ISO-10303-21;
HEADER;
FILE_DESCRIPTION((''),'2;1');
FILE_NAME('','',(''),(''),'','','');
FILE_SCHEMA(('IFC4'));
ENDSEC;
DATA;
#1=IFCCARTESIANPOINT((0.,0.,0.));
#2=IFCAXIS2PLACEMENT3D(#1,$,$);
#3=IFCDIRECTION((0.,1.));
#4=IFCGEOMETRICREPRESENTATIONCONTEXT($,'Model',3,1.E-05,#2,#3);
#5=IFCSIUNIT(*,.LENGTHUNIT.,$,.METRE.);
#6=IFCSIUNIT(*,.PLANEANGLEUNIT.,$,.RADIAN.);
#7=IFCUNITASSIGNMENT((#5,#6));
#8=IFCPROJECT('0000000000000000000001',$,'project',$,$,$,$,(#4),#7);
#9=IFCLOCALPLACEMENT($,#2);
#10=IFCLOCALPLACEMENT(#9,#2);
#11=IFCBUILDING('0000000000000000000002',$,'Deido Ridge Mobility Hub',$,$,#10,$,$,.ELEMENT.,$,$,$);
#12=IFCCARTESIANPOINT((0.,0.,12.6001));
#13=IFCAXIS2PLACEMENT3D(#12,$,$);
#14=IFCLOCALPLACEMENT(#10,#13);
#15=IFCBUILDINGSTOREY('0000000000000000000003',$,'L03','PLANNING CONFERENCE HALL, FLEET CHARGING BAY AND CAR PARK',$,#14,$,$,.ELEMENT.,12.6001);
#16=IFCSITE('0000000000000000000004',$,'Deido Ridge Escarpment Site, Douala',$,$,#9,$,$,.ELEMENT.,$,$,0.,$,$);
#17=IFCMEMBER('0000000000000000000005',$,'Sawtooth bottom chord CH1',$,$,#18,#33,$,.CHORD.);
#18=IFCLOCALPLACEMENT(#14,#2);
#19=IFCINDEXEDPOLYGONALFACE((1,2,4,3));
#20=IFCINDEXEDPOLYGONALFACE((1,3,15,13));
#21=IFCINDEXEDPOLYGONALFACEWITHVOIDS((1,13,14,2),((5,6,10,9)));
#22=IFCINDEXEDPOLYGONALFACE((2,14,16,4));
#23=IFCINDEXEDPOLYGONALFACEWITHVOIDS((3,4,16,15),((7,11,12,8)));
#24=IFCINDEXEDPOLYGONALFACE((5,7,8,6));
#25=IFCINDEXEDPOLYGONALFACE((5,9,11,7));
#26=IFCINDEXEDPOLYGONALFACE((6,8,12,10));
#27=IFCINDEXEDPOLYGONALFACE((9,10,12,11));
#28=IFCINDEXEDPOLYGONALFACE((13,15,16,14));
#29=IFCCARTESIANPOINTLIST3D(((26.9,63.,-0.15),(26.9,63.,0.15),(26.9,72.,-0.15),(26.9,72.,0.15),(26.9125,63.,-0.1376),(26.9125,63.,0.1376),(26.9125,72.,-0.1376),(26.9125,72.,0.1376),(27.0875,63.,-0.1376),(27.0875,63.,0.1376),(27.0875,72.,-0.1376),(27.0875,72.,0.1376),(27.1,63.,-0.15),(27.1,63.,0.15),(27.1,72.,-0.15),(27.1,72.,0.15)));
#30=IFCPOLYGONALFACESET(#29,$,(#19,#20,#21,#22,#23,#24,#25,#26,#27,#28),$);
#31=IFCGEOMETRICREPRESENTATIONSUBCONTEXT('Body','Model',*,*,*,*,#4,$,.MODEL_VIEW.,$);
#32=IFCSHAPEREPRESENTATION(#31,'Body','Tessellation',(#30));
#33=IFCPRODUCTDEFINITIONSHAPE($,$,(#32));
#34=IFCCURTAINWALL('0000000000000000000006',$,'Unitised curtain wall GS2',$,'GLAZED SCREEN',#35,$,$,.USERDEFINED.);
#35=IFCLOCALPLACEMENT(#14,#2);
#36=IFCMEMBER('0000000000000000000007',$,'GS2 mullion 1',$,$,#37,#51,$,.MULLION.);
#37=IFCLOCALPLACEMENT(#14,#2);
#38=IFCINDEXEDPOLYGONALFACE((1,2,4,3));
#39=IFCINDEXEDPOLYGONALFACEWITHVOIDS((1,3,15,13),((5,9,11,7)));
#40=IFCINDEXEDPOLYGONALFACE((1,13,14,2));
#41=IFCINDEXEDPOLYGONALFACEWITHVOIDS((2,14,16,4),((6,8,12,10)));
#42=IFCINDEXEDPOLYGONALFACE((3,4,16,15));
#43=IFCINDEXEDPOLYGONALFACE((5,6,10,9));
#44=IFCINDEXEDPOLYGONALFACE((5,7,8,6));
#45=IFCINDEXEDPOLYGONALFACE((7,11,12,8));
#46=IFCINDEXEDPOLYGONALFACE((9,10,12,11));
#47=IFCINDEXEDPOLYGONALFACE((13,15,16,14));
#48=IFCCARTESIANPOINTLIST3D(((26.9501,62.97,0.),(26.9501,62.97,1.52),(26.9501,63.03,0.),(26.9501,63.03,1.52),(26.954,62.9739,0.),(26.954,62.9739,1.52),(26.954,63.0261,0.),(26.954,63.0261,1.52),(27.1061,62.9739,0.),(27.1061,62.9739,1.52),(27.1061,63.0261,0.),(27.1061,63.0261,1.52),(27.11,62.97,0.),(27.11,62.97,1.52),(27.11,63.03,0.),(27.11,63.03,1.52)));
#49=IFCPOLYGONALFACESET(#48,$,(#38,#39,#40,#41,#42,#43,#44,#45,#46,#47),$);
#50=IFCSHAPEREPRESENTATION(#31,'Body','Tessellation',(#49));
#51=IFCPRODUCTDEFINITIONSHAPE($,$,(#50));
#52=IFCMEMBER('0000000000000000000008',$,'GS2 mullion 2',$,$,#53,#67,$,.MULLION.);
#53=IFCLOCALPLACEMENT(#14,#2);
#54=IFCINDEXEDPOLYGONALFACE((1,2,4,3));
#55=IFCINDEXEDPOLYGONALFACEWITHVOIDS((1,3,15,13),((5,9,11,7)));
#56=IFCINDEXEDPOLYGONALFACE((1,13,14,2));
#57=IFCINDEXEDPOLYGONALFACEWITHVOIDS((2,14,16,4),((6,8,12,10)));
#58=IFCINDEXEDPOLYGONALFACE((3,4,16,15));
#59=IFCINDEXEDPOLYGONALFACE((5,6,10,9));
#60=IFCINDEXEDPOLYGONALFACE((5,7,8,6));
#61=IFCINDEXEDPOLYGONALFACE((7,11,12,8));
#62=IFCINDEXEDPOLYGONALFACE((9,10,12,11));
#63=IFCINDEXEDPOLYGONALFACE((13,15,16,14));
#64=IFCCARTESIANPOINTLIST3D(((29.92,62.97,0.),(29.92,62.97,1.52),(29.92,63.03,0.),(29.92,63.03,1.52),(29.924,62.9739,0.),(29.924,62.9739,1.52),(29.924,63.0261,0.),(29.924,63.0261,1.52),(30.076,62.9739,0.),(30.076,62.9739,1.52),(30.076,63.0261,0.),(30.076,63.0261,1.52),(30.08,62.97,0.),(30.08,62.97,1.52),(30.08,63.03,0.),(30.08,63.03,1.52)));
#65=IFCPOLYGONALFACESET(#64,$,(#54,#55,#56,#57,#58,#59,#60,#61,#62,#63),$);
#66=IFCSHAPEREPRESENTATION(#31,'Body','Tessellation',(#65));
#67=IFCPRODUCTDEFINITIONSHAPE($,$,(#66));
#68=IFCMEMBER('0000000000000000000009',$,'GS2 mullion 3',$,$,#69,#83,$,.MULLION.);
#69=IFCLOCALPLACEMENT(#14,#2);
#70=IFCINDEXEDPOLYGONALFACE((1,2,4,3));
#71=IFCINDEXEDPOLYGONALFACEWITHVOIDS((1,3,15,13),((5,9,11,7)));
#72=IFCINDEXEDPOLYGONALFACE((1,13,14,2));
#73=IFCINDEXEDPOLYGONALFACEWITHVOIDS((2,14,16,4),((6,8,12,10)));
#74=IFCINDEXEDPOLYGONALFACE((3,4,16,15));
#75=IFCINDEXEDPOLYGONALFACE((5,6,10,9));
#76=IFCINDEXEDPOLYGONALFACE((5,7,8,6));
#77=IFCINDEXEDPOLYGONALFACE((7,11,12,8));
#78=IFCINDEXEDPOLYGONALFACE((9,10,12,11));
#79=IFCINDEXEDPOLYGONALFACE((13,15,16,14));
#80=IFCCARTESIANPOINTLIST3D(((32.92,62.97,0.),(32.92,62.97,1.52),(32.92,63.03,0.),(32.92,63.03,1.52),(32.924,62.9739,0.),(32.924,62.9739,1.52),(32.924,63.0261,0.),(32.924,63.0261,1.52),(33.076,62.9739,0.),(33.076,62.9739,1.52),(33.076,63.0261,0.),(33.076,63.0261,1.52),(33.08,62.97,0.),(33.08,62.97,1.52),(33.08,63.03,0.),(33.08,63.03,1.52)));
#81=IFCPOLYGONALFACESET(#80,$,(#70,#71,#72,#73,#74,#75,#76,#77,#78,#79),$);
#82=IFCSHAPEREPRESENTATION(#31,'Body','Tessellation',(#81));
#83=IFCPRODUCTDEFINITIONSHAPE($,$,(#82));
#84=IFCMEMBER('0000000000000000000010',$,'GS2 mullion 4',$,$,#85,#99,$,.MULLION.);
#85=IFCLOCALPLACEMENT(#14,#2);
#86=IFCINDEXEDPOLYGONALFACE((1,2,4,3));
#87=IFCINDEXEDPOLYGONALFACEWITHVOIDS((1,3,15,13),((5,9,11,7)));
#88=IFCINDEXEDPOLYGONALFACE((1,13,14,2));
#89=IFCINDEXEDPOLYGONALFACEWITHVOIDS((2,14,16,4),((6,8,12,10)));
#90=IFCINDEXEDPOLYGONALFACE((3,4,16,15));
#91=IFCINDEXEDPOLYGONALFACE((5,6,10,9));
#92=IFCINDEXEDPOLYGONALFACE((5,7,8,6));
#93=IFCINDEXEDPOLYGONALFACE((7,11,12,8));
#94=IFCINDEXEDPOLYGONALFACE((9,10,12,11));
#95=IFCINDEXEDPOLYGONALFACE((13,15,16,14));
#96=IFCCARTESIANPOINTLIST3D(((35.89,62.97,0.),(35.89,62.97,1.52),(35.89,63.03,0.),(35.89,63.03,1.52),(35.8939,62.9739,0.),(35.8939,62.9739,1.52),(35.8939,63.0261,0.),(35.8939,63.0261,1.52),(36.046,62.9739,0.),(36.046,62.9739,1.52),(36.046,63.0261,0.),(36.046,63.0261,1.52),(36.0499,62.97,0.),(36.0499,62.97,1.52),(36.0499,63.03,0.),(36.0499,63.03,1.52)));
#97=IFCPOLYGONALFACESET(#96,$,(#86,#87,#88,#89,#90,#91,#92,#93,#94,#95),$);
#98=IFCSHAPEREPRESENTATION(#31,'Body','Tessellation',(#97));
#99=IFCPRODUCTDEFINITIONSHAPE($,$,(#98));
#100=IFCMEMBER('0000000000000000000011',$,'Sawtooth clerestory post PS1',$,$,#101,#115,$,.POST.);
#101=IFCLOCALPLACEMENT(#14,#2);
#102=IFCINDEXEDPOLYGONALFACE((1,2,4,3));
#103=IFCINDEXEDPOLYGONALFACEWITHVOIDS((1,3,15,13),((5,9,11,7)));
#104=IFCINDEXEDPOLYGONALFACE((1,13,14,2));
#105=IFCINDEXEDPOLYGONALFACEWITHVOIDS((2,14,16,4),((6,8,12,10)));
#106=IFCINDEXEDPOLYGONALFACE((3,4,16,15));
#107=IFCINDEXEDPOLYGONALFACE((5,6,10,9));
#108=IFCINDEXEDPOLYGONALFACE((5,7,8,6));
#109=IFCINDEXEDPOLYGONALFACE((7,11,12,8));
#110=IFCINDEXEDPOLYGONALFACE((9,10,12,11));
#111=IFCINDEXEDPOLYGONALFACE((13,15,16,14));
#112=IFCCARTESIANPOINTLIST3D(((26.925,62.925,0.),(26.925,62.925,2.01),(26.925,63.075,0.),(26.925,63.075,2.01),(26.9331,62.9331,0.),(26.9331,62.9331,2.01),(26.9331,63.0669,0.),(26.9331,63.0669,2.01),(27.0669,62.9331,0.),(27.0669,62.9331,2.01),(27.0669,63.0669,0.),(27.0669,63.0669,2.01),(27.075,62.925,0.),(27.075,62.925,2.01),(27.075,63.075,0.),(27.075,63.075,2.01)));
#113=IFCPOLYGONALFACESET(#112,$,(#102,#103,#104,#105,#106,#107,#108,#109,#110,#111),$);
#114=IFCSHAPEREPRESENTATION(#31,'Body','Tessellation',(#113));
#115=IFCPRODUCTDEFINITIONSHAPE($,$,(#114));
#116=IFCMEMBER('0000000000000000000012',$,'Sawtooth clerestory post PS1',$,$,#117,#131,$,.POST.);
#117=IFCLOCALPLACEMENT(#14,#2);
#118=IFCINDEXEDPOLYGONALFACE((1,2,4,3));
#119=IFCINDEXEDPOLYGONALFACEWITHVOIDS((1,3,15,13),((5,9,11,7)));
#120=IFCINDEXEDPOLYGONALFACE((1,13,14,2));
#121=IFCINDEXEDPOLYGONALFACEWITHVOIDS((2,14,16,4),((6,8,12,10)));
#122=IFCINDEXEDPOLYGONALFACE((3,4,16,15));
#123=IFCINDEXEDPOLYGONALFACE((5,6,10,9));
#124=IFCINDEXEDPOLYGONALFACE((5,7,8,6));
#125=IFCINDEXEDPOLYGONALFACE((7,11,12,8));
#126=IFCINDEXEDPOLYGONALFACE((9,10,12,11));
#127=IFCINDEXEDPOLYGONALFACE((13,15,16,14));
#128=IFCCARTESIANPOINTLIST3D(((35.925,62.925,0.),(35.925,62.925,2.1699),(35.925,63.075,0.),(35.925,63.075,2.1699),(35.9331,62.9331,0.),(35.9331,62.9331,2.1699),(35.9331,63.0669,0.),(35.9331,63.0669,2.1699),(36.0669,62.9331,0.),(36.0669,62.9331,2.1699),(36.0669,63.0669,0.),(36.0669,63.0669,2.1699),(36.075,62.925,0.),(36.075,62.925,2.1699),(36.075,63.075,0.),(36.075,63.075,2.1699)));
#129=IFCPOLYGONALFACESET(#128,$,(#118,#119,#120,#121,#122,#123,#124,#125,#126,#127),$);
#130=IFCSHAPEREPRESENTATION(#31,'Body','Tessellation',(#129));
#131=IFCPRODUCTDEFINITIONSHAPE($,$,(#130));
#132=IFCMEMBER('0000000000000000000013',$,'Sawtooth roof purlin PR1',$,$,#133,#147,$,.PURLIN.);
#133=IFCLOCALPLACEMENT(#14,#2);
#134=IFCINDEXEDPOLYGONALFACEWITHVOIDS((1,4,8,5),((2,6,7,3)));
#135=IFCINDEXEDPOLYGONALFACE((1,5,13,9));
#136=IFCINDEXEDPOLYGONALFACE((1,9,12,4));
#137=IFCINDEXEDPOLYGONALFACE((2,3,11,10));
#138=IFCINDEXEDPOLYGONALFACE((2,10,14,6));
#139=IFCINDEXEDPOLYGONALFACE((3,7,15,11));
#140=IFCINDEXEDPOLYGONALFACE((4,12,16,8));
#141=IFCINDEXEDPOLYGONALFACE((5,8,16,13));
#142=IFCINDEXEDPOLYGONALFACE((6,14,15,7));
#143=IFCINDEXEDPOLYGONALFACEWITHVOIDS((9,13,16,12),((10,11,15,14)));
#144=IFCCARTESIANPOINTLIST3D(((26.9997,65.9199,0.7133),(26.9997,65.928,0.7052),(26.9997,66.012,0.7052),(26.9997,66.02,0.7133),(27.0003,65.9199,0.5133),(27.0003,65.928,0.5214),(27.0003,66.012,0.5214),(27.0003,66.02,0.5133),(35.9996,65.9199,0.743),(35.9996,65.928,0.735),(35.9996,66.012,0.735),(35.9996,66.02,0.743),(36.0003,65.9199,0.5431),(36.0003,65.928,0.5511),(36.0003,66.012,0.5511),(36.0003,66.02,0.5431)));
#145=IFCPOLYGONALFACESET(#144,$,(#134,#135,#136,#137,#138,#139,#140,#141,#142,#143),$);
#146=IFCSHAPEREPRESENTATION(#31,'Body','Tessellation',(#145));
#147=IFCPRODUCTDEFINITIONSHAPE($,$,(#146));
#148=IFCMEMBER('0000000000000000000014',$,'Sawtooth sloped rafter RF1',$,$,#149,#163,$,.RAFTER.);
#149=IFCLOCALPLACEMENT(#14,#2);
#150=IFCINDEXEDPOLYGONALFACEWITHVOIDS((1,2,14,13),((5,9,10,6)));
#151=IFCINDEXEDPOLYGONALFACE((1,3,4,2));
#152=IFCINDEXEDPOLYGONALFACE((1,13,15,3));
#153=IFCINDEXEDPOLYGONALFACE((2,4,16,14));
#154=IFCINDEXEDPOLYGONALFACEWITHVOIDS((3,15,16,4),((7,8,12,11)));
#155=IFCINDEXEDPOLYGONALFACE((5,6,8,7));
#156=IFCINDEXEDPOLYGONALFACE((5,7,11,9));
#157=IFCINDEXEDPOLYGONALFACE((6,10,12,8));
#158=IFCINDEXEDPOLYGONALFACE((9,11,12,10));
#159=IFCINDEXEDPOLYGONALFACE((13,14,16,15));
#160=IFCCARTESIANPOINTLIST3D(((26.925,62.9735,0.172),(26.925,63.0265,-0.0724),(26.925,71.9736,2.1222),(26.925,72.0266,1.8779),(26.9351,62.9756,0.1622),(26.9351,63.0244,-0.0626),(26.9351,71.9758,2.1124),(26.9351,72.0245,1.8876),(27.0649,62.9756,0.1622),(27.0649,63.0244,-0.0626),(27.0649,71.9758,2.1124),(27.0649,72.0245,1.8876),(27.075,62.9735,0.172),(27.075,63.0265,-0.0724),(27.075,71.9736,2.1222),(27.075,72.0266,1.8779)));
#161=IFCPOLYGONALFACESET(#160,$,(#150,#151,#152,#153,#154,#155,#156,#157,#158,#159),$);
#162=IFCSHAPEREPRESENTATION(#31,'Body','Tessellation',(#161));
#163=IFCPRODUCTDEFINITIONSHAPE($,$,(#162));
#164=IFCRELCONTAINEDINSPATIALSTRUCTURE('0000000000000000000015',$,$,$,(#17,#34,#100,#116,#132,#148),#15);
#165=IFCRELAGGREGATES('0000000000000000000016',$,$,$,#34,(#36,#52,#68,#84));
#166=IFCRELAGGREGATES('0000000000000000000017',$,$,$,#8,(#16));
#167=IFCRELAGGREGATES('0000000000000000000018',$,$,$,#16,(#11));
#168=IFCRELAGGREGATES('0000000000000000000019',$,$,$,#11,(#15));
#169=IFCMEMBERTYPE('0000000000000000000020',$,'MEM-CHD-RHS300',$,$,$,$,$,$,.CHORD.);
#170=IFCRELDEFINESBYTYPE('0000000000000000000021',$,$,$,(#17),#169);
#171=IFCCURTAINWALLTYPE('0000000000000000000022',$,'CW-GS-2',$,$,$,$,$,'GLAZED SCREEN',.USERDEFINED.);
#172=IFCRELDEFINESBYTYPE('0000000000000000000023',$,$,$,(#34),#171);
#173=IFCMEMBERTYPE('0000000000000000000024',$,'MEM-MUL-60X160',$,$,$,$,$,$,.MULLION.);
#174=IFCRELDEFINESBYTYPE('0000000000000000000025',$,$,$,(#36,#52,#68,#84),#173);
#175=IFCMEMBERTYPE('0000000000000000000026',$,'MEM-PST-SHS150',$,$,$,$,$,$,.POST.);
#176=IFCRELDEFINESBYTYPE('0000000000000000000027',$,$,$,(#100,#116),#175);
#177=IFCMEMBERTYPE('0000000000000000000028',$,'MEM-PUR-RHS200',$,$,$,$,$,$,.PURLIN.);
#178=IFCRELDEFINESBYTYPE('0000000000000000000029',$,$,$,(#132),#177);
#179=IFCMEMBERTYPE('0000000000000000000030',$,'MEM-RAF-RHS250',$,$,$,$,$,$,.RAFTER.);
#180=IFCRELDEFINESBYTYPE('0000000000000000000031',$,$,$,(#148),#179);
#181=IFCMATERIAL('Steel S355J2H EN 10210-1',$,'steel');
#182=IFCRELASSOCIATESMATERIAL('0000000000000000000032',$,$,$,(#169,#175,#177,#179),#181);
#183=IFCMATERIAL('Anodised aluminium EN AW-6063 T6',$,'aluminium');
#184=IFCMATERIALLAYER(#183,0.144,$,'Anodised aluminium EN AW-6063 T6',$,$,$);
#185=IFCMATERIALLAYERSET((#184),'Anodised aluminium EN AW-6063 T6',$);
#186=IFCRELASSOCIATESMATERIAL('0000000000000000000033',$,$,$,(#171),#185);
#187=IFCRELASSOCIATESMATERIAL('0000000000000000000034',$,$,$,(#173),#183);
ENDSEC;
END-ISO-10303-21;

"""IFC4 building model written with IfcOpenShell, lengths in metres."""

from ifc_helpers import new_model, si_unit, direction, frame, origin, origin_2d, place, context, subcontext, project, spatial, hollow_rectangle, extrude, material, layer, layer_set, material_profile, profile_set, type_object, element, aggregate, save


model = new_model("IFC4")

# Units and contexts
model_context = context("Model", 3, precision=1e-05, world=origin(), true_north=direction((0.0, 1.0)))
body_context = subcontext(model_context, "Body", "Model", "MODEL_VIEW")
ifc_project = project(units=[si_unit("LENGTHUNIT", "METRE"), si_unit("PLANEANGLEUNIT", "RADIAN")], contexts=[model_context])

# Site, building, storey
site_placement = place(None, origin())
site = spatial("IfcSite", under=ifc_project, at=site_placement, Name="Deido Ridge Escarpment Site, Douala", CompositionType="ELEMENT", RefElevation=0.0)
building_placement = place(site_placement, origin())
building = spatial("IfcBuilding", under=site, at=building_placement, Name="Deido Ridge Mobility Hub", CompositionType="ELEMENT")
storey_placement = place(building_placement, frame((0.0, 0.0, 12.6001)))
storey = spatial("IfcBuildingStorey", under=building, at=storey_placement, Name="L03", Description="PLANNING CONFERENCE HALL, FLEET CHARGING BAY AND CAR PARK", CompositionType="ELEMENT", Elevation=12.6001)

# Member
ifc_material_1 = material(Name="Steel S355J2H EN 10210-1", Category="steel")
ifc_material_profile_1 = material_profile(ifc_material_1, hollow_rectangle(XDim=0.2, YDim=0.3, WallThickness=0.0125, at=origin_2d()), Name="RHS 300x200x12.5")
ifc_profile_set_1 = profile_set([ifc_material_profile_1], Name="Steel S355J2H EN 10210-1")
member_type_1 = type_object("IfcMemberType", Name="MEM-CHD-RHS300", PredefinedType="CHORD", material=ifc_profile_set_1)
member_1_placement = place(storey_placement, frame((27.0, 63.0, 0.0), z_axis=(0.0, 1.0, 0.0), x_axis=(-1.0, 0.0, 0.0)))
element("IfcMember", 1, at=member_1_placement, inside=storey, type_object=member_type_1, Name="Sawtooth bottom chord CH1", PredefinedType="CHORD", context=body_context, shape_type="SweptSolid", body=[
    extrude(hollow_rectangle(XDim=0.2, YDim=0.3, WallThickness=0.0125, at=origin_2d()), origin(), (0.0, 0.0, 1.0), 9.0),
])

# Curtain wall, members
ifc_material_2 = material(Name="Anodised aluminium EN AW-6063 T6", Category="aluminium")
ifc_layer_1 = layer(ifc_material_2, 0.144, Name="Anodised aluminium EN AW-6063 T6")
ifc_layer_set_1 = layer_set([ifc_layer_1], Name="Anodised aluminium EN AW-6063 T6")
curtain_wall_type = type_object("IfcCurtainWallType", Name="CW-GS-2", ElementType="GLAZED SCREEN", PredefinedType="USERDEFINED", material=ifc_layer_set_1)
curtain_wall_placement = place(storey_placement, origin())
curtain_wall = element("IfcCurtainWall", 2, at=curtain_wall_placement, inside=storey, type_object=curtain_wall_type, Name="Unitised curtain wall GS2", ObjectType="GLAZED SCREEN", PredefinedType="USERDEFINED")
ifc_material_profile_2 = material_profile(ifc_material_2, hollow_rectangle(XDim=0.0601, YDim=0.1599, WallThickness=0.0039, at=origin_2d()), Name="RHS 60x160x4")
ifc_profile_set_2 = profile_set([ifc_material_profile_2], Name="Anodised aluminium EN AW-6063 T6")
member_type_2 = type_object("IfcMemberType", Name="MEM-MUL-60X160", PredefinedType="MULLION", material=ifc_profile_set_2)
member_2_placement = place(storey_placement, frame((27.03, 63.0, 0.0), z_axis=(0.0, 0.0, 1.0), x_axis=(0.0, 1.0, 0.0)))
member_2 = element("IfcMember", 3, at=member_2_placement, type_object=member_type_2, Name="GS2 mullion 1", PredefinedType="MULLION", context=body_context, shape_type="SweptSolid", body=[
    extrude(hollow_rectangle(XDim=0.0601, YDim=0.1599, WallThickness=0.0039, at=origin_2d()), origin(), (0.0, 0.0, 1.0), 1.52),
])
member_3_placement = place(storey_placement, frame((30.0, 63.0, 0.0), z_axis=(0.0, 0.0, 1.0), x_axis=(0.0, 1.0, 0.0)))
member_3 = element("IfcMember", 4, at=member_3_placement, type_object=member_type_2, Name="GS2 mullion 2", PredefinedType="MULLION", context=body_context, shape_type="SweptSolid", body=[
    extrude(hollow_rectangle(XDim=0.0601, YDim=0.1599, WallThickness=0.0039, at=origin_2d()), origin(), (0.0, 0.0, 1.0), 1.52),
])
member_4_placement = place(storey_placement, frame((33.0, 63.0, 0.0), z_axis=(0.0, 0.0, 1.0), x_axis=(0.0, 1.0, 0.0)))
member_4 = element("IfcMember", 5, at=member_4_placement, type_object=member_type_2, Name="GS2 mullion 3", PredefinedType="MULLION", context=body_context, shape_type="SweptSolid", body=[
    extrude(hollow_rectangle(XDim=0.0601, YDim=0.1599, WallThickness=0.0039, at=origin_2d()), origin(), (0.0, 0.0, 1.0), 1.52),
])
member_5_placement = place(storey_placement, frame((35.97, 63.0, 0.0), z_axis=(0.0, 0.0, 1.0), x_axis=(0.0, 1.0, 0.0)))
member_5 = element("IfcMember", 6, at=member_5_placement, type_object=member_type_2, Name="GS2 mullion 4", PredefinedType="MULLION", context=body_context, shape_type="SweptSolid", body=[
    extrude(hollow_rectangle(XDim=0.0601, YDim=0.1599, WallThickness=0.0039, at=origin_2d()), origin(), (0.0, 0.0, 1.0), 1.52),
])

# Members
ifc_material_profile_3 = material_profile(ifc_material_1, hollow_rectangle(XDim=0.1499, YDim=0.1499, WallThickness=0.0081, at=origin_2d()), Name="SHS 150x150x8")
ifc_profile_set_3 = profile_set([ifc_material_profile_3], Name="Steel S355J2H EN 10210-1")
member_type_3 = type_object("IfcMemberType", Name="MEM-PST-SHS150", PredefinedType="POST", material=ifc_profile_set_3)
member_6_placement = place(storey_placement, frame((27.0, 63.0, 0.0), z_axis=(0.0, 0.0, 1.0), x_axis=(1.0, 0.0, 0.0)))
element("IfcMember", 7, at=member_6_placement, inside=storey, type_object=member_type_3, Name="Sawtooth clerestory post PS1", PredefinedType="POST", context=body_context, shape_type="SweptSolid", body=[
    extrude(hollow_rectangle(XDim=0.1499, YDim=0.1499, WallThickness=0.0081, at=origin_2d()), origin(), (0.0, 0.0, 1.0), 2.01),
])
member_7_placement = place(storey_placement, frame((36.0, 63.0, 0.0), z_axis=(0.0, 0.0, 1.0), x_axis=(1.0, 0.0, 0.0)))
element("IfcMember", 8, at=member_7_placement, inside=storey, type_object=member_type_3, Name="Sawtooth clerestory post PS1", PredefinedType="POST", context=body_context, shape_type="SweptSolid", body=[
    extrude(hollow_rectangle(XDim=0.1499, YDim=0.1499, WallThickness=0.0081, at=origin_2d()), origin(), (0.0, 0.0, 1.0), 2.1699),
])
ifc_material_profile_4 = material_profile(ifc_material_1, hollow_rectangle(XDim=0.1001, YDim=0.2, WallThickness=0.0081, at=origin_2d()), Name="RHS 200x100x8")
ifc_profile_set_4 = profile_set([ifc_material_profile_4], Name="Steel S355J2H EN 10210-1")
member_type_4 = type_object("IfcMemberType", Name="MEM-PUR-RHS200", PredefinedType="PURLIN", material=ifc_profile_set_4)
member_8_placement = place(storey_placement, frame((27.0, 65.97, 0.6133), z_axis=(0.999995, 0.0, 0.003309), x_axis=(0.0, 1.0, 0.0)))
element("IfcMember", 9, at=member_8_placement, inside=storey, type_object=member_type_4, Name="Sawtooth roof purlin PR1", PredefinedType="PURLIN", context=body_context, shape_type="SweptSolid", body=[
    extrude(hollow_rectangle(XDim=0.1001, YDim=0.2, WallThickness=0.0081, at=origin_2d()), origin(), (0.0, 0.0, 1.0), 9.0),
])
ifc_material_profile_5 = material_profile(ifc_material_1, hollow_rectangle(XDim=0.1499, YDim=0.25, WallThickness=0.01, at=origin_2d()), Name="RHS 250x150x10")
ifc_profile_set_5 = profile_set([ifc_material_profile_5], Name="Steel S355J2H EN 10210-1")
member_type_5 = type_object("IfcMemberType", Name="MEM-RAF-RHS250", PredefinedType="RAFTER", material=ifc_profile_set_5)
member_9_placement = place(storey_placement, frame((27.0, 63.0, 0.0498), z_axis=(0.0, 0.977319, 0.211774), x_axis=(-1.0, 0.0, 0.0)))
element("IfcMember", 10, at=member_9_placement, inside=storey, type_object=member_type_5, Name="Sawtooth sloped rafter RF1", PredefinedType="RAFTER", context=body_context, shape_type="SweptSolid", body=[
    extrude(hollow_rectangle(XDim=0.1499, YDim=0.25, WallThickness=0.01, at=origin_2d()), origin(), (0.0, 0.0, 1.0), 9.209),
])

aggregate(curtain_wall, [member_2, member_3, member_4, member_5])

save(model, "model.ifc")
